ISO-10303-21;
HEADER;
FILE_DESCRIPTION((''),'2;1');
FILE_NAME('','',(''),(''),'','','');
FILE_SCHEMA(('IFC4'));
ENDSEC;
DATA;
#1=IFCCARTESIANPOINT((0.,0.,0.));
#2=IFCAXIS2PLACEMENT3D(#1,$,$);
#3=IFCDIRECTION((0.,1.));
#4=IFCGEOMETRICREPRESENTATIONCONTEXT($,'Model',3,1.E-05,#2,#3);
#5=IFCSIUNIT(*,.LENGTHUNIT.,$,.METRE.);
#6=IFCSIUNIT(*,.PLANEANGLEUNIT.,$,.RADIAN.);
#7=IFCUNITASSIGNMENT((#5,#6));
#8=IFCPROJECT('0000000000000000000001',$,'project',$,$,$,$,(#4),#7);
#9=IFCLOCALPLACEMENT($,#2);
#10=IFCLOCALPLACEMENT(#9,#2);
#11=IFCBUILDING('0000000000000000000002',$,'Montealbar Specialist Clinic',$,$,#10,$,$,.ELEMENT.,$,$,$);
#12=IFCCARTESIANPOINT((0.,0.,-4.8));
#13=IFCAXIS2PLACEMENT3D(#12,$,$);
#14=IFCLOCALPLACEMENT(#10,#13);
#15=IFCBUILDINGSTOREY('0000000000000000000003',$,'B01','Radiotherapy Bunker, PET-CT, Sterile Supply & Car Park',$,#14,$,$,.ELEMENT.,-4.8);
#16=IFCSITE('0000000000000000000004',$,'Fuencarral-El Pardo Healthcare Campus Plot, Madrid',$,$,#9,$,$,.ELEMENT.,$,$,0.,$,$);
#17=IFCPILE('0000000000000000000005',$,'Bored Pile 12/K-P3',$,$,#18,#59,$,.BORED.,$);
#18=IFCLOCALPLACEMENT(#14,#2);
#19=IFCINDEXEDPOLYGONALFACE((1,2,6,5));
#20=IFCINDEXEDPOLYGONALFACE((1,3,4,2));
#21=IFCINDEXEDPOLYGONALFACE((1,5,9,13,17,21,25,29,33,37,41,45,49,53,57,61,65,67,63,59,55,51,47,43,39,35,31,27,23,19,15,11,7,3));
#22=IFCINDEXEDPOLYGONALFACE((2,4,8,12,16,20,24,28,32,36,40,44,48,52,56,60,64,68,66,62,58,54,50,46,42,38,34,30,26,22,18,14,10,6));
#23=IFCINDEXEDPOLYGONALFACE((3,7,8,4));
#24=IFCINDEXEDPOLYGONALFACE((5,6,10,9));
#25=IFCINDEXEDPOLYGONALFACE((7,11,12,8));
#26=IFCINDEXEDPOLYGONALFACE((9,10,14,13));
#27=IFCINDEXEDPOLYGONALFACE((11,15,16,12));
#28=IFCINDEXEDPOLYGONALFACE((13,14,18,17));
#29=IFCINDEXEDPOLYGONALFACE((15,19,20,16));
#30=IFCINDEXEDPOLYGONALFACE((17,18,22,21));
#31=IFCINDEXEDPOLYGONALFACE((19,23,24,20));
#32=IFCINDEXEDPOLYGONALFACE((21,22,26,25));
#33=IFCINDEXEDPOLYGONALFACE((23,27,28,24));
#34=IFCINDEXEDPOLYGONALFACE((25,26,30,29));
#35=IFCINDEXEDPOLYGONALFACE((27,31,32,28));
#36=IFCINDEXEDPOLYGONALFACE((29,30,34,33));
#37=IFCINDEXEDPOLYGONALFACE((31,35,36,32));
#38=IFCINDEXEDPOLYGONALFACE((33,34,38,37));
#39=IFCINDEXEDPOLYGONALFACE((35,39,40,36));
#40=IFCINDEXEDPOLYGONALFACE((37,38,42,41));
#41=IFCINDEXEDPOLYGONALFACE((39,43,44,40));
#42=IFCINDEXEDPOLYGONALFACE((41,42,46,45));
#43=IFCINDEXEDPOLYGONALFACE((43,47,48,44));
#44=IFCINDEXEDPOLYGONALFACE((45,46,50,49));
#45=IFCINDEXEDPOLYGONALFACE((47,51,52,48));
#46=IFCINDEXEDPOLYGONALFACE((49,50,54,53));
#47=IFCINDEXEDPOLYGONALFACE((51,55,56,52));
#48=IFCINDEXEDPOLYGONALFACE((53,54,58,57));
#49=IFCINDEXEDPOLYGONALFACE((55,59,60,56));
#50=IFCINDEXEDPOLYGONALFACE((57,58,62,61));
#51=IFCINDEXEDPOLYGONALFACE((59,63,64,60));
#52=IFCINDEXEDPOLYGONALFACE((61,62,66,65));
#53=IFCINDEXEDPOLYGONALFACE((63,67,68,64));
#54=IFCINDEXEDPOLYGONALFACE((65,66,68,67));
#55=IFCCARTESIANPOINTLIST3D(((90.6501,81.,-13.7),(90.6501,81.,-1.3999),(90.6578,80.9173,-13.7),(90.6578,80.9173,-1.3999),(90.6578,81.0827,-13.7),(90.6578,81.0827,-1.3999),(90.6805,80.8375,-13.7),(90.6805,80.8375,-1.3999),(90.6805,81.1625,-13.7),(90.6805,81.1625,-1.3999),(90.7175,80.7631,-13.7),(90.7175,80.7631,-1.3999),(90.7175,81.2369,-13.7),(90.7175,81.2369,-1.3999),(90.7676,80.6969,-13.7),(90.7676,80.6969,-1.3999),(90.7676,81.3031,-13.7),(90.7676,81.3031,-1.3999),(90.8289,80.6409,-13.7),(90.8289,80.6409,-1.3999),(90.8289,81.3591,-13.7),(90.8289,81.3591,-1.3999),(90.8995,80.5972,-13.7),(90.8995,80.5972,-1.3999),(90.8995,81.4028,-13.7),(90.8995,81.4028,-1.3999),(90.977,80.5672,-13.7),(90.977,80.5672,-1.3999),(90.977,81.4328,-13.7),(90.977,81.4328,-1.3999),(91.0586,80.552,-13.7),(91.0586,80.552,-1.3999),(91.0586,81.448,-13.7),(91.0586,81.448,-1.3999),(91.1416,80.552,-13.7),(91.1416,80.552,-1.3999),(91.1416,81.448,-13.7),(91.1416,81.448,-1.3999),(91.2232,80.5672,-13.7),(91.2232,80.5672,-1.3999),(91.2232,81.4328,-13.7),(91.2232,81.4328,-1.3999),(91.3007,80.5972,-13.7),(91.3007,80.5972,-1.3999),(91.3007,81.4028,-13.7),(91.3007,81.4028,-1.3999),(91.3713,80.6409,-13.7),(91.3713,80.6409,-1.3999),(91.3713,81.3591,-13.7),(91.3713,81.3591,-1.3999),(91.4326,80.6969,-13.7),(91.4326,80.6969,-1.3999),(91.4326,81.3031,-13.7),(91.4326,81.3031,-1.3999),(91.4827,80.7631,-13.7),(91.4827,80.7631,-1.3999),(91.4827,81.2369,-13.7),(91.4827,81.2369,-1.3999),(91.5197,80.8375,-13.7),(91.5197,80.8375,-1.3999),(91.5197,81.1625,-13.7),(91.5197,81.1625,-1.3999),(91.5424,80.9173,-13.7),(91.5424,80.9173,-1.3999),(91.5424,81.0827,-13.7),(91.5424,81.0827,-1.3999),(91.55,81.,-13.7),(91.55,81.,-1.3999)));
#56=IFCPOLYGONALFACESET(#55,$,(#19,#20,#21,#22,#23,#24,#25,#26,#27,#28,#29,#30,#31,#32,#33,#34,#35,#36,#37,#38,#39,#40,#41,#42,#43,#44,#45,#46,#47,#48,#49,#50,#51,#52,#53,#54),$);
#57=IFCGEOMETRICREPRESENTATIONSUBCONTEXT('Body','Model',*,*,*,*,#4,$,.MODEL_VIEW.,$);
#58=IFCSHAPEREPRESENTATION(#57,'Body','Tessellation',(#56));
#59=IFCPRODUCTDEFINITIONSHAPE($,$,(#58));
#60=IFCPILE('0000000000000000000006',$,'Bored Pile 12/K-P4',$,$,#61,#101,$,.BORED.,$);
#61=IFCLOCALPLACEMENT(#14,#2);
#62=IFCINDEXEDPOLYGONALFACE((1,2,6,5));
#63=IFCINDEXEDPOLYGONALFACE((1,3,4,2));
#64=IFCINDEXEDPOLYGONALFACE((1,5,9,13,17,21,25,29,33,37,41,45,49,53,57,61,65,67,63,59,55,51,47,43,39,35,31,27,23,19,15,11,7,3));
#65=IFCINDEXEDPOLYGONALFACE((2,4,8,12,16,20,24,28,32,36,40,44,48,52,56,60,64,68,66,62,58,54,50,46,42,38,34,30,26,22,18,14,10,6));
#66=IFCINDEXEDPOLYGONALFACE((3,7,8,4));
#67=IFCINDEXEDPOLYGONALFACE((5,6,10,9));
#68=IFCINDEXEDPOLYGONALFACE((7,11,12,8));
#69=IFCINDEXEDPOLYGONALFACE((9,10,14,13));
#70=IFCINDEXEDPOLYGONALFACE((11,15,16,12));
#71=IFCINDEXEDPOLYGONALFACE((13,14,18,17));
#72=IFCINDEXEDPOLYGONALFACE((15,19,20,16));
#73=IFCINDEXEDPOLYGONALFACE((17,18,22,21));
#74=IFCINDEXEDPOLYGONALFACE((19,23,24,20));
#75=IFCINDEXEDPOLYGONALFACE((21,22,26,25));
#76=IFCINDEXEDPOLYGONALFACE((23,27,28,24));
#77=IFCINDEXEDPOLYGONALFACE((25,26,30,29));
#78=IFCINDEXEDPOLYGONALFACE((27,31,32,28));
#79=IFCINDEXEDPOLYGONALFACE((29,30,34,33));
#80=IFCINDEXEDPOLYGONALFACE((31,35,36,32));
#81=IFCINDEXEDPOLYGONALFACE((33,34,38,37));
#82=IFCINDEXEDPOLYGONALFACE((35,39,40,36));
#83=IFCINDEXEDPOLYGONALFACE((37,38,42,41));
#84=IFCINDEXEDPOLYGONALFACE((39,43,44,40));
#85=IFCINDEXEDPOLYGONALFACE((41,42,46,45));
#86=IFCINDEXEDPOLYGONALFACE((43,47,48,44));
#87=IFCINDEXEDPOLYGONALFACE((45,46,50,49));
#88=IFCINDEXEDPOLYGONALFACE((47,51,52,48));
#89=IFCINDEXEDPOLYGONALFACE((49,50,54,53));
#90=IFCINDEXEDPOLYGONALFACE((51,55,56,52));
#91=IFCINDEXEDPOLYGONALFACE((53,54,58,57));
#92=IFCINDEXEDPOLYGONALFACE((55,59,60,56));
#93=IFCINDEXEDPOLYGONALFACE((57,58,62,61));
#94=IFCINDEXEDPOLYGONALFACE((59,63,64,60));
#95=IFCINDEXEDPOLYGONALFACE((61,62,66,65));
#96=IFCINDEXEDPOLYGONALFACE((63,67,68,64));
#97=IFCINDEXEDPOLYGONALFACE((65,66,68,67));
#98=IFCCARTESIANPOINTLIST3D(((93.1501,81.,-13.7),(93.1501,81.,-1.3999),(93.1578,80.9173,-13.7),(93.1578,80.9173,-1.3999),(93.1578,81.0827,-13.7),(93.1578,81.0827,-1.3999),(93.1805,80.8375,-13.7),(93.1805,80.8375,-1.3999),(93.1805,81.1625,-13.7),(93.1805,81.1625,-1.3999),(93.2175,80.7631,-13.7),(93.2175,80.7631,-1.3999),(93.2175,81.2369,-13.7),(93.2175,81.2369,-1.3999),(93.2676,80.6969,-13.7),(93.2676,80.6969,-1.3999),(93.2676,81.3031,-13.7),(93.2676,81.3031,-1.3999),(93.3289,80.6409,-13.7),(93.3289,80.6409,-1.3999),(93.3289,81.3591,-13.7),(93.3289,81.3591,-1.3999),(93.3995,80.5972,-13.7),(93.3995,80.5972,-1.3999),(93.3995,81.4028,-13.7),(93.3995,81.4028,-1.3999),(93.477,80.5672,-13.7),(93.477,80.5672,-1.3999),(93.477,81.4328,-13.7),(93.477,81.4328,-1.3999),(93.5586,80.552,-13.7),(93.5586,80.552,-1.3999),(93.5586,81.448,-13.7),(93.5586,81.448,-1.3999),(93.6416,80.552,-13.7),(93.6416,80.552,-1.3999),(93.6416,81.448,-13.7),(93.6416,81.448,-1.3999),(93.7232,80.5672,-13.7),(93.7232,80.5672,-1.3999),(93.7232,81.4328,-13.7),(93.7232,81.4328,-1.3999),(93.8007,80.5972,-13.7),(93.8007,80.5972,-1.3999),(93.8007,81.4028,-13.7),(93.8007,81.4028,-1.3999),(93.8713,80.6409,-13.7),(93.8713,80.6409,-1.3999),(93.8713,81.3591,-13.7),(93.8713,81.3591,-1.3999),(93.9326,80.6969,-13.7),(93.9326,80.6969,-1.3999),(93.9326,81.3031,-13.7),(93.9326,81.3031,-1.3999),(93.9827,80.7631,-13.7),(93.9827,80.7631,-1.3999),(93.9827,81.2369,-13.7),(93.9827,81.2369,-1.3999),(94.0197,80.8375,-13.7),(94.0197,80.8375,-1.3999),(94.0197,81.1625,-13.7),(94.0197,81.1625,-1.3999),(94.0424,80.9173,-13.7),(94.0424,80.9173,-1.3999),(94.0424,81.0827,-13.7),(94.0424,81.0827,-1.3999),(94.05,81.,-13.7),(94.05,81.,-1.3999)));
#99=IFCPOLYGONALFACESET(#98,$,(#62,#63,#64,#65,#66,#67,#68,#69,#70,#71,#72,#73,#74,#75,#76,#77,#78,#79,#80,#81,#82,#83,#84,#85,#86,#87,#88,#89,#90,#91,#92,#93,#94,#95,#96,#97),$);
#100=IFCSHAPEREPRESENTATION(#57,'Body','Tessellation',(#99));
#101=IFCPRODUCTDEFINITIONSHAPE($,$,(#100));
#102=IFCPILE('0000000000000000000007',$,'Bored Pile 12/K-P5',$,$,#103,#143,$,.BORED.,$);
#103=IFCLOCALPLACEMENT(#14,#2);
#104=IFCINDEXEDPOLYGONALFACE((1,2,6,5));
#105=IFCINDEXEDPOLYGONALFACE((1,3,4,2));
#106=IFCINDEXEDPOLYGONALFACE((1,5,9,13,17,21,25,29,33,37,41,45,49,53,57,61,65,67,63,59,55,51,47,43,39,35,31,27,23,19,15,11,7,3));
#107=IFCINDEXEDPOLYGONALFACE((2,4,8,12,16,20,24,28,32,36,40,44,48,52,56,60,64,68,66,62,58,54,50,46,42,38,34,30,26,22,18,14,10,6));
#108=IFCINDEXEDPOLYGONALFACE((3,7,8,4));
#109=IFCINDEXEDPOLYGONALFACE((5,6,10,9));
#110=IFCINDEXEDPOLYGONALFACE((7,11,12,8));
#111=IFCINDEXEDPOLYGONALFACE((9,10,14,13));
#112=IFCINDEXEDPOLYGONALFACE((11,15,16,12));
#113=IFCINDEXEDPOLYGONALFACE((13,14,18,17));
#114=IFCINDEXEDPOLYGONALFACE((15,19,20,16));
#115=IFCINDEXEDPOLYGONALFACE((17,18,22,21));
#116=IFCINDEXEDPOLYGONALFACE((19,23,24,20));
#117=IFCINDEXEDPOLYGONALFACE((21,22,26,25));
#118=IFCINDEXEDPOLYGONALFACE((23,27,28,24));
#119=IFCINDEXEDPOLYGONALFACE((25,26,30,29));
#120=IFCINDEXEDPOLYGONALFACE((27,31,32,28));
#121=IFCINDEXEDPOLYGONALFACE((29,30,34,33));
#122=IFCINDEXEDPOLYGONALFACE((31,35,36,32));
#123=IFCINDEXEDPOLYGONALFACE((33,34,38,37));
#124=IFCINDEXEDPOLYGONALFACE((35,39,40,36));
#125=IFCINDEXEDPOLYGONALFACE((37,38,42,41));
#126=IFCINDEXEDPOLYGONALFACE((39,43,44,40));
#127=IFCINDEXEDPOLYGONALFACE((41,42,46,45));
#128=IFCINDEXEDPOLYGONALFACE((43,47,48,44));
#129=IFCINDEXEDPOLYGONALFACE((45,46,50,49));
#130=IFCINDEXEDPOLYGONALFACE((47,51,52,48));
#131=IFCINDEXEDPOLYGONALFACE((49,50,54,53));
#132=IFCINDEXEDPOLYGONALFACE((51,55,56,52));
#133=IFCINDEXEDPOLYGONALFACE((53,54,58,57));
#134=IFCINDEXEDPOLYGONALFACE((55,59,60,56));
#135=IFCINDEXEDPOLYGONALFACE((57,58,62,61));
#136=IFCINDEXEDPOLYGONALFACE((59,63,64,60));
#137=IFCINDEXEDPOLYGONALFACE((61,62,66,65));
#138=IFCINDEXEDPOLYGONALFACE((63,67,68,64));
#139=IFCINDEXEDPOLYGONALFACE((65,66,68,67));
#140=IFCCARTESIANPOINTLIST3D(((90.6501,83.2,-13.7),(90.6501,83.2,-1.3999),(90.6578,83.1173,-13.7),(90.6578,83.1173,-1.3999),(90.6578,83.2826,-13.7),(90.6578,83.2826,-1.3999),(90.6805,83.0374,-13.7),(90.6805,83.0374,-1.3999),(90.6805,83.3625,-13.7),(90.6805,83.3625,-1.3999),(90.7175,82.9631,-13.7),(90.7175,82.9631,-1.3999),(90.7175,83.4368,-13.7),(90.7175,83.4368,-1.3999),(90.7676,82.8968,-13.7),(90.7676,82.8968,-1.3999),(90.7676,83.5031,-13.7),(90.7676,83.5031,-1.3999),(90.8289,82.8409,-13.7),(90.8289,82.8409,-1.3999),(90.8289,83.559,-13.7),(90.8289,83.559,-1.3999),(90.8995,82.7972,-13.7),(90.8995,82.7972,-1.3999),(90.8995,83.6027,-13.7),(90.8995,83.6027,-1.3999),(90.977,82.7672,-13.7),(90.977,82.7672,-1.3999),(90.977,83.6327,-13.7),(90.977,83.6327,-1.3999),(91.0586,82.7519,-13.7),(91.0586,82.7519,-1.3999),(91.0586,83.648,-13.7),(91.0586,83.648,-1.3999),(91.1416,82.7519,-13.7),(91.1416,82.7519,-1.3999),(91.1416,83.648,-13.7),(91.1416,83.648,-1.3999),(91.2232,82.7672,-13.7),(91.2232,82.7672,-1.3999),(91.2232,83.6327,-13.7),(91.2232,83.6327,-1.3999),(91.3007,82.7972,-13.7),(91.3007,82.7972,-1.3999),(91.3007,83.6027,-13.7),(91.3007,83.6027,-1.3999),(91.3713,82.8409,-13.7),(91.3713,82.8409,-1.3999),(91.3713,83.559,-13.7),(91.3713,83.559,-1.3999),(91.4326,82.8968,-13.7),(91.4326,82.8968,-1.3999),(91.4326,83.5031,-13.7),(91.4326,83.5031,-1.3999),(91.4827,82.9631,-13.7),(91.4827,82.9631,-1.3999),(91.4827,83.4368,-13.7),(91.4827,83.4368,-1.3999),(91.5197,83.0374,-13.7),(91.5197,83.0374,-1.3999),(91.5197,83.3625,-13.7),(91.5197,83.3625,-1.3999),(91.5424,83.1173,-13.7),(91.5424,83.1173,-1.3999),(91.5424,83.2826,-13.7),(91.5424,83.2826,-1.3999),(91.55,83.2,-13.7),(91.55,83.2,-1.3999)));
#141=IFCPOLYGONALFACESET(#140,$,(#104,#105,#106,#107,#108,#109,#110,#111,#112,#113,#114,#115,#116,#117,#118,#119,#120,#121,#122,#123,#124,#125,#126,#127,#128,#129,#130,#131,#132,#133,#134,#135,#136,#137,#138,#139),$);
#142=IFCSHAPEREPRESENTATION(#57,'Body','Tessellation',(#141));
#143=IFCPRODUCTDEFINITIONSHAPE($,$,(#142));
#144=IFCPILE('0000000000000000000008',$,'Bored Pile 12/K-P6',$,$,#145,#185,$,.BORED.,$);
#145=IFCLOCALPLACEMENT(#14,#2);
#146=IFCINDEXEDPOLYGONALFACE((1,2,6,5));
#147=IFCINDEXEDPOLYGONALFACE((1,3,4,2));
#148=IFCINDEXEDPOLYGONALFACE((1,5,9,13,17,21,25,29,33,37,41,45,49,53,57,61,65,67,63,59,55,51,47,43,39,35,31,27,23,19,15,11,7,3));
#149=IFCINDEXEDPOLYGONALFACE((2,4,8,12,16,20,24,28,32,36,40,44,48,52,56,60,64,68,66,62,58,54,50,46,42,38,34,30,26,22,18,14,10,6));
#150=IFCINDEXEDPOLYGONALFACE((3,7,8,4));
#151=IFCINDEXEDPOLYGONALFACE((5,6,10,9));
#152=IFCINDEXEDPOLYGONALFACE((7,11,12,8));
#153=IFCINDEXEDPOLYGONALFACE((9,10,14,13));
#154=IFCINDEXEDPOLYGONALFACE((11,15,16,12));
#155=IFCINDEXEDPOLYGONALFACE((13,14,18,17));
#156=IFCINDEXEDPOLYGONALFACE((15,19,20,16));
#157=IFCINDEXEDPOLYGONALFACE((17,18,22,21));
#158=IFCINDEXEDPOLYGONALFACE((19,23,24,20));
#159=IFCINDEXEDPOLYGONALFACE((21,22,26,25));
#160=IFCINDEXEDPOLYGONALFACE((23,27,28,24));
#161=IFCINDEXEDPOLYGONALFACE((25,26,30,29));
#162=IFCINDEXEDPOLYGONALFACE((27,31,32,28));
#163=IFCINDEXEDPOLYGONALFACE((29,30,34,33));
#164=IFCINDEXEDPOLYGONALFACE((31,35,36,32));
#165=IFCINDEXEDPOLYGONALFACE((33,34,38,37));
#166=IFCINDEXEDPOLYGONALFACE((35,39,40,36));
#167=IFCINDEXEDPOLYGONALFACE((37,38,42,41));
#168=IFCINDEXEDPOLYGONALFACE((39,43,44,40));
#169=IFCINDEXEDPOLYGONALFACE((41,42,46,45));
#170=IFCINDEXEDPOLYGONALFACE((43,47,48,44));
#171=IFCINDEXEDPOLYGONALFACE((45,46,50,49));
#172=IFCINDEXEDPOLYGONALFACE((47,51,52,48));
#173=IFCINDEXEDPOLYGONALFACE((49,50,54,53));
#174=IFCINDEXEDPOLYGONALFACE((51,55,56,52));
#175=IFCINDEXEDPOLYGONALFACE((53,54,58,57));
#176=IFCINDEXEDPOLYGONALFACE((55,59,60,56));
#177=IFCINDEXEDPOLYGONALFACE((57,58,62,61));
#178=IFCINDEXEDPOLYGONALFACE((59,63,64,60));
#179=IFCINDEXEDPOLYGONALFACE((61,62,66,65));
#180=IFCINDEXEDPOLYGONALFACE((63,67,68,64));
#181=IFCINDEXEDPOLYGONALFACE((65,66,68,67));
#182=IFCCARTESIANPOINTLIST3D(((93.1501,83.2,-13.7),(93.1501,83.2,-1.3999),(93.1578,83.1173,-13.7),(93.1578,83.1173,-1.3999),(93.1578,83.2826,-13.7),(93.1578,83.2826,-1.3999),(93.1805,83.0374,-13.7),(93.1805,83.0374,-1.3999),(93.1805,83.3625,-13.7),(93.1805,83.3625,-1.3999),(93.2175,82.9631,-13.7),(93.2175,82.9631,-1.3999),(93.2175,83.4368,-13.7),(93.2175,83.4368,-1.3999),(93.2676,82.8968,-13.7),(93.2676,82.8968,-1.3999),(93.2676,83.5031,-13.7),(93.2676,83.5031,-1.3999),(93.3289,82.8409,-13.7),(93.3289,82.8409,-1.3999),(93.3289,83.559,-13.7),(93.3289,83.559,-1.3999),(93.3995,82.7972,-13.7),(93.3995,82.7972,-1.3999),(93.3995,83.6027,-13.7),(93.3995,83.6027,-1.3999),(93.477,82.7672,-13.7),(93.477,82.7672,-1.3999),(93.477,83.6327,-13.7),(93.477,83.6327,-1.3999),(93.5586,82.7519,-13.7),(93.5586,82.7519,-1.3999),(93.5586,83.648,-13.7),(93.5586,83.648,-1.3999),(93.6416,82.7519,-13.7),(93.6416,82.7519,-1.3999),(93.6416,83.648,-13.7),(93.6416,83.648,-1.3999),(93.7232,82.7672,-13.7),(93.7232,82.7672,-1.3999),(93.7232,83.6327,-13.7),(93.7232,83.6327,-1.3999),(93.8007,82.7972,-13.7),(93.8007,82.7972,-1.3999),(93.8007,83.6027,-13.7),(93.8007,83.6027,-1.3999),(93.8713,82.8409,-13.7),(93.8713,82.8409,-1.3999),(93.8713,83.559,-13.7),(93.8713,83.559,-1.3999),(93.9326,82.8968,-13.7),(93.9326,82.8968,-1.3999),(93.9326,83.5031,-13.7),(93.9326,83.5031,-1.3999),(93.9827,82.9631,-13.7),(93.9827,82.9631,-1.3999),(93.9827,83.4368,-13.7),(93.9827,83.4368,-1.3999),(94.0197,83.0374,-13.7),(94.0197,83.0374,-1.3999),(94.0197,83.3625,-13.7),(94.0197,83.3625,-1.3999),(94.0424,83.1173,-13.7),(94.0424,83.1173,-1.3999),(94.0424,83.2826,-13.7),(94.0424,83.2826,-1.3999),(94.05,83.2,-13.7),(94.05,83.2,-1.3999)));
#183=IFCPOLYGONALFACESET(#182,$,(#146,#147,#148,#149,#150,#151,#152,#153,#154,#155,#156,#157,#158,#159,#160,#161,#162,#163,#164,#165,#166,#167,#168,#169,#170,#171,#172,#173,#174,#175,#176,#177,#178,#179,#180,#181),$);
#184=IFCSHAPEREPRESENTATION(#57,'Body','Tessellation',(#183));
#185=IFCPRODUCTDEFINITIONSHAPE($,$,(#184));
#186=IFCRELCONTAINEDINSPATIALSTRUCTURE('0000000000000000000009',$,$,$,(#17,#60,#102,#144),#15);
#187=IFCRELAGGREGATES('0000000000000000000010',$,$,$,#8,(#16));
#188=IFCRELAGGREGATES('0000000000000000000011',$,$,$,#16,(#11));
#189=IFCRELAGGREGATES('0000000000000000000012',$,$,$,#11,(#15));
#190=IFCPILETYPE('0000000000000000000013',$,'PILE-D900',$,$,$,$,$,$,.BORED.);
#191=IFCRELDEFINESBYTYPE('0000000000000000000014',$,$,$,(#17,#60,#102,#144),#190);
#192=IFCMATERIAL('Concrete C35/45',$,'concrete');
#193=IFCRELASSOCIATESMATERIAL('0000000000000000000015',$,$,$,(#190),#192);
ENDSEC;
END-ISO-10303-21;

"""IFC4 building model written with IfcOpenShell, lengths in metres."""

from ifc_helpers import new_model, si_unit, direction, frame, origin, origin_2d, place, context, subcontext, project, spatial, circle, extrude, material, material_profile, profile_set, type_object, element, save


model = new_model("IFC4")

# Units and contexts
model_context = context("Model", 3, precision=1e-05, world=origin(), true_north=direction((0.0, 1.0)))
body_context = subcontext(model_context, "Body", "Model", "MODEL_VIEW")
ifc_project = project(units=[si_unit("LENGTHUNIT", "METRE"), si_unit("PLANEANGLEUNIT", "RADIAN")], contexts=[model_context])

# Site, building, storey
site_placement = place(None, origin())
site = spatial("IfcSite", under=ifc_project, at=site_placement, Name="Fuencarral-El Pardo Healthcare Campus Plot, Madrid", CompositionType="ELEMENT", RefElevation=0.0)
building_placement = place(site_placement, origin())
building = spatial("IfcBuilding", under=site, at=building_placement, Name="Montealbar Specialist Clinic", CompositionType="ELEMENT")
storey_placement = place(building_placement, frame((0.0, 0.0, -4.8)))
storey = spatial("IfcBuildingStorey", under=building, at=storey_placement, Name="B01", Description="Radiotherapy Bunker, PET-CT, Sterile Supply & Car Park", CompositionType="ELEMENT", Elevation=-4.8)

# Shared definitions
ifc_material_1 = material(Name="Concrete C35/45", Category="concrete")

# Piles
ifc_material_profile_1 = material_profile(ifc_material_1, circle(Radius=0.45, at=origin_2d()), Name="PILE D900", Category="concrete")
ifc_profile_set_1 = profile_set([ifc_material_profile_1], Name="Concrete C35/45")
pile_type_1 = type_object("IfcPileType", Name="PILE-D900", PredefinedType="BORED", material=ifc_profile_set_1)
for number, where, z_axis, x_axis, name in (
    (1, (91.1001, 81.0, -1.3999), (0.0, 0.0, -1.0), (1.0, 0.0, 0.0), "Bored Pile 12/K-P3"),
    (2, (93.6001, 81.0, -1.3999), (0.0, 0.0, -1.0), (1.0, 0.0, 0.0), "Bored Pile 12/K-P4"),
    (3, (91.1001, 83.2, -1.3999), (0.0, 0.0, -1.0), (1.0, 0.0, 0.0), "Bored Pile 12/K-P5"),
    (4, (93.6001, 83.2, -1.3999), (0.0, 0.0, -1.0), (1.0, 0.0, 0.0), "Bored Pile 12/K-P6"),
):
    element("IfcPile", number, at=place(storey_placement, frame(where, z_axis=z_axis, x_axis=x_axis)), inside=storey, type_object=pile_type_1, Name=name, PredefinedType="BORED", context=body_context, shape_type="SweptSolid", body=[
        extrude(circle(Radius=0.45, at=origin_2d()), origin(), (0.0, 0.0, 1.0), 12.3),
    ])

save(model, "model.ifc")
